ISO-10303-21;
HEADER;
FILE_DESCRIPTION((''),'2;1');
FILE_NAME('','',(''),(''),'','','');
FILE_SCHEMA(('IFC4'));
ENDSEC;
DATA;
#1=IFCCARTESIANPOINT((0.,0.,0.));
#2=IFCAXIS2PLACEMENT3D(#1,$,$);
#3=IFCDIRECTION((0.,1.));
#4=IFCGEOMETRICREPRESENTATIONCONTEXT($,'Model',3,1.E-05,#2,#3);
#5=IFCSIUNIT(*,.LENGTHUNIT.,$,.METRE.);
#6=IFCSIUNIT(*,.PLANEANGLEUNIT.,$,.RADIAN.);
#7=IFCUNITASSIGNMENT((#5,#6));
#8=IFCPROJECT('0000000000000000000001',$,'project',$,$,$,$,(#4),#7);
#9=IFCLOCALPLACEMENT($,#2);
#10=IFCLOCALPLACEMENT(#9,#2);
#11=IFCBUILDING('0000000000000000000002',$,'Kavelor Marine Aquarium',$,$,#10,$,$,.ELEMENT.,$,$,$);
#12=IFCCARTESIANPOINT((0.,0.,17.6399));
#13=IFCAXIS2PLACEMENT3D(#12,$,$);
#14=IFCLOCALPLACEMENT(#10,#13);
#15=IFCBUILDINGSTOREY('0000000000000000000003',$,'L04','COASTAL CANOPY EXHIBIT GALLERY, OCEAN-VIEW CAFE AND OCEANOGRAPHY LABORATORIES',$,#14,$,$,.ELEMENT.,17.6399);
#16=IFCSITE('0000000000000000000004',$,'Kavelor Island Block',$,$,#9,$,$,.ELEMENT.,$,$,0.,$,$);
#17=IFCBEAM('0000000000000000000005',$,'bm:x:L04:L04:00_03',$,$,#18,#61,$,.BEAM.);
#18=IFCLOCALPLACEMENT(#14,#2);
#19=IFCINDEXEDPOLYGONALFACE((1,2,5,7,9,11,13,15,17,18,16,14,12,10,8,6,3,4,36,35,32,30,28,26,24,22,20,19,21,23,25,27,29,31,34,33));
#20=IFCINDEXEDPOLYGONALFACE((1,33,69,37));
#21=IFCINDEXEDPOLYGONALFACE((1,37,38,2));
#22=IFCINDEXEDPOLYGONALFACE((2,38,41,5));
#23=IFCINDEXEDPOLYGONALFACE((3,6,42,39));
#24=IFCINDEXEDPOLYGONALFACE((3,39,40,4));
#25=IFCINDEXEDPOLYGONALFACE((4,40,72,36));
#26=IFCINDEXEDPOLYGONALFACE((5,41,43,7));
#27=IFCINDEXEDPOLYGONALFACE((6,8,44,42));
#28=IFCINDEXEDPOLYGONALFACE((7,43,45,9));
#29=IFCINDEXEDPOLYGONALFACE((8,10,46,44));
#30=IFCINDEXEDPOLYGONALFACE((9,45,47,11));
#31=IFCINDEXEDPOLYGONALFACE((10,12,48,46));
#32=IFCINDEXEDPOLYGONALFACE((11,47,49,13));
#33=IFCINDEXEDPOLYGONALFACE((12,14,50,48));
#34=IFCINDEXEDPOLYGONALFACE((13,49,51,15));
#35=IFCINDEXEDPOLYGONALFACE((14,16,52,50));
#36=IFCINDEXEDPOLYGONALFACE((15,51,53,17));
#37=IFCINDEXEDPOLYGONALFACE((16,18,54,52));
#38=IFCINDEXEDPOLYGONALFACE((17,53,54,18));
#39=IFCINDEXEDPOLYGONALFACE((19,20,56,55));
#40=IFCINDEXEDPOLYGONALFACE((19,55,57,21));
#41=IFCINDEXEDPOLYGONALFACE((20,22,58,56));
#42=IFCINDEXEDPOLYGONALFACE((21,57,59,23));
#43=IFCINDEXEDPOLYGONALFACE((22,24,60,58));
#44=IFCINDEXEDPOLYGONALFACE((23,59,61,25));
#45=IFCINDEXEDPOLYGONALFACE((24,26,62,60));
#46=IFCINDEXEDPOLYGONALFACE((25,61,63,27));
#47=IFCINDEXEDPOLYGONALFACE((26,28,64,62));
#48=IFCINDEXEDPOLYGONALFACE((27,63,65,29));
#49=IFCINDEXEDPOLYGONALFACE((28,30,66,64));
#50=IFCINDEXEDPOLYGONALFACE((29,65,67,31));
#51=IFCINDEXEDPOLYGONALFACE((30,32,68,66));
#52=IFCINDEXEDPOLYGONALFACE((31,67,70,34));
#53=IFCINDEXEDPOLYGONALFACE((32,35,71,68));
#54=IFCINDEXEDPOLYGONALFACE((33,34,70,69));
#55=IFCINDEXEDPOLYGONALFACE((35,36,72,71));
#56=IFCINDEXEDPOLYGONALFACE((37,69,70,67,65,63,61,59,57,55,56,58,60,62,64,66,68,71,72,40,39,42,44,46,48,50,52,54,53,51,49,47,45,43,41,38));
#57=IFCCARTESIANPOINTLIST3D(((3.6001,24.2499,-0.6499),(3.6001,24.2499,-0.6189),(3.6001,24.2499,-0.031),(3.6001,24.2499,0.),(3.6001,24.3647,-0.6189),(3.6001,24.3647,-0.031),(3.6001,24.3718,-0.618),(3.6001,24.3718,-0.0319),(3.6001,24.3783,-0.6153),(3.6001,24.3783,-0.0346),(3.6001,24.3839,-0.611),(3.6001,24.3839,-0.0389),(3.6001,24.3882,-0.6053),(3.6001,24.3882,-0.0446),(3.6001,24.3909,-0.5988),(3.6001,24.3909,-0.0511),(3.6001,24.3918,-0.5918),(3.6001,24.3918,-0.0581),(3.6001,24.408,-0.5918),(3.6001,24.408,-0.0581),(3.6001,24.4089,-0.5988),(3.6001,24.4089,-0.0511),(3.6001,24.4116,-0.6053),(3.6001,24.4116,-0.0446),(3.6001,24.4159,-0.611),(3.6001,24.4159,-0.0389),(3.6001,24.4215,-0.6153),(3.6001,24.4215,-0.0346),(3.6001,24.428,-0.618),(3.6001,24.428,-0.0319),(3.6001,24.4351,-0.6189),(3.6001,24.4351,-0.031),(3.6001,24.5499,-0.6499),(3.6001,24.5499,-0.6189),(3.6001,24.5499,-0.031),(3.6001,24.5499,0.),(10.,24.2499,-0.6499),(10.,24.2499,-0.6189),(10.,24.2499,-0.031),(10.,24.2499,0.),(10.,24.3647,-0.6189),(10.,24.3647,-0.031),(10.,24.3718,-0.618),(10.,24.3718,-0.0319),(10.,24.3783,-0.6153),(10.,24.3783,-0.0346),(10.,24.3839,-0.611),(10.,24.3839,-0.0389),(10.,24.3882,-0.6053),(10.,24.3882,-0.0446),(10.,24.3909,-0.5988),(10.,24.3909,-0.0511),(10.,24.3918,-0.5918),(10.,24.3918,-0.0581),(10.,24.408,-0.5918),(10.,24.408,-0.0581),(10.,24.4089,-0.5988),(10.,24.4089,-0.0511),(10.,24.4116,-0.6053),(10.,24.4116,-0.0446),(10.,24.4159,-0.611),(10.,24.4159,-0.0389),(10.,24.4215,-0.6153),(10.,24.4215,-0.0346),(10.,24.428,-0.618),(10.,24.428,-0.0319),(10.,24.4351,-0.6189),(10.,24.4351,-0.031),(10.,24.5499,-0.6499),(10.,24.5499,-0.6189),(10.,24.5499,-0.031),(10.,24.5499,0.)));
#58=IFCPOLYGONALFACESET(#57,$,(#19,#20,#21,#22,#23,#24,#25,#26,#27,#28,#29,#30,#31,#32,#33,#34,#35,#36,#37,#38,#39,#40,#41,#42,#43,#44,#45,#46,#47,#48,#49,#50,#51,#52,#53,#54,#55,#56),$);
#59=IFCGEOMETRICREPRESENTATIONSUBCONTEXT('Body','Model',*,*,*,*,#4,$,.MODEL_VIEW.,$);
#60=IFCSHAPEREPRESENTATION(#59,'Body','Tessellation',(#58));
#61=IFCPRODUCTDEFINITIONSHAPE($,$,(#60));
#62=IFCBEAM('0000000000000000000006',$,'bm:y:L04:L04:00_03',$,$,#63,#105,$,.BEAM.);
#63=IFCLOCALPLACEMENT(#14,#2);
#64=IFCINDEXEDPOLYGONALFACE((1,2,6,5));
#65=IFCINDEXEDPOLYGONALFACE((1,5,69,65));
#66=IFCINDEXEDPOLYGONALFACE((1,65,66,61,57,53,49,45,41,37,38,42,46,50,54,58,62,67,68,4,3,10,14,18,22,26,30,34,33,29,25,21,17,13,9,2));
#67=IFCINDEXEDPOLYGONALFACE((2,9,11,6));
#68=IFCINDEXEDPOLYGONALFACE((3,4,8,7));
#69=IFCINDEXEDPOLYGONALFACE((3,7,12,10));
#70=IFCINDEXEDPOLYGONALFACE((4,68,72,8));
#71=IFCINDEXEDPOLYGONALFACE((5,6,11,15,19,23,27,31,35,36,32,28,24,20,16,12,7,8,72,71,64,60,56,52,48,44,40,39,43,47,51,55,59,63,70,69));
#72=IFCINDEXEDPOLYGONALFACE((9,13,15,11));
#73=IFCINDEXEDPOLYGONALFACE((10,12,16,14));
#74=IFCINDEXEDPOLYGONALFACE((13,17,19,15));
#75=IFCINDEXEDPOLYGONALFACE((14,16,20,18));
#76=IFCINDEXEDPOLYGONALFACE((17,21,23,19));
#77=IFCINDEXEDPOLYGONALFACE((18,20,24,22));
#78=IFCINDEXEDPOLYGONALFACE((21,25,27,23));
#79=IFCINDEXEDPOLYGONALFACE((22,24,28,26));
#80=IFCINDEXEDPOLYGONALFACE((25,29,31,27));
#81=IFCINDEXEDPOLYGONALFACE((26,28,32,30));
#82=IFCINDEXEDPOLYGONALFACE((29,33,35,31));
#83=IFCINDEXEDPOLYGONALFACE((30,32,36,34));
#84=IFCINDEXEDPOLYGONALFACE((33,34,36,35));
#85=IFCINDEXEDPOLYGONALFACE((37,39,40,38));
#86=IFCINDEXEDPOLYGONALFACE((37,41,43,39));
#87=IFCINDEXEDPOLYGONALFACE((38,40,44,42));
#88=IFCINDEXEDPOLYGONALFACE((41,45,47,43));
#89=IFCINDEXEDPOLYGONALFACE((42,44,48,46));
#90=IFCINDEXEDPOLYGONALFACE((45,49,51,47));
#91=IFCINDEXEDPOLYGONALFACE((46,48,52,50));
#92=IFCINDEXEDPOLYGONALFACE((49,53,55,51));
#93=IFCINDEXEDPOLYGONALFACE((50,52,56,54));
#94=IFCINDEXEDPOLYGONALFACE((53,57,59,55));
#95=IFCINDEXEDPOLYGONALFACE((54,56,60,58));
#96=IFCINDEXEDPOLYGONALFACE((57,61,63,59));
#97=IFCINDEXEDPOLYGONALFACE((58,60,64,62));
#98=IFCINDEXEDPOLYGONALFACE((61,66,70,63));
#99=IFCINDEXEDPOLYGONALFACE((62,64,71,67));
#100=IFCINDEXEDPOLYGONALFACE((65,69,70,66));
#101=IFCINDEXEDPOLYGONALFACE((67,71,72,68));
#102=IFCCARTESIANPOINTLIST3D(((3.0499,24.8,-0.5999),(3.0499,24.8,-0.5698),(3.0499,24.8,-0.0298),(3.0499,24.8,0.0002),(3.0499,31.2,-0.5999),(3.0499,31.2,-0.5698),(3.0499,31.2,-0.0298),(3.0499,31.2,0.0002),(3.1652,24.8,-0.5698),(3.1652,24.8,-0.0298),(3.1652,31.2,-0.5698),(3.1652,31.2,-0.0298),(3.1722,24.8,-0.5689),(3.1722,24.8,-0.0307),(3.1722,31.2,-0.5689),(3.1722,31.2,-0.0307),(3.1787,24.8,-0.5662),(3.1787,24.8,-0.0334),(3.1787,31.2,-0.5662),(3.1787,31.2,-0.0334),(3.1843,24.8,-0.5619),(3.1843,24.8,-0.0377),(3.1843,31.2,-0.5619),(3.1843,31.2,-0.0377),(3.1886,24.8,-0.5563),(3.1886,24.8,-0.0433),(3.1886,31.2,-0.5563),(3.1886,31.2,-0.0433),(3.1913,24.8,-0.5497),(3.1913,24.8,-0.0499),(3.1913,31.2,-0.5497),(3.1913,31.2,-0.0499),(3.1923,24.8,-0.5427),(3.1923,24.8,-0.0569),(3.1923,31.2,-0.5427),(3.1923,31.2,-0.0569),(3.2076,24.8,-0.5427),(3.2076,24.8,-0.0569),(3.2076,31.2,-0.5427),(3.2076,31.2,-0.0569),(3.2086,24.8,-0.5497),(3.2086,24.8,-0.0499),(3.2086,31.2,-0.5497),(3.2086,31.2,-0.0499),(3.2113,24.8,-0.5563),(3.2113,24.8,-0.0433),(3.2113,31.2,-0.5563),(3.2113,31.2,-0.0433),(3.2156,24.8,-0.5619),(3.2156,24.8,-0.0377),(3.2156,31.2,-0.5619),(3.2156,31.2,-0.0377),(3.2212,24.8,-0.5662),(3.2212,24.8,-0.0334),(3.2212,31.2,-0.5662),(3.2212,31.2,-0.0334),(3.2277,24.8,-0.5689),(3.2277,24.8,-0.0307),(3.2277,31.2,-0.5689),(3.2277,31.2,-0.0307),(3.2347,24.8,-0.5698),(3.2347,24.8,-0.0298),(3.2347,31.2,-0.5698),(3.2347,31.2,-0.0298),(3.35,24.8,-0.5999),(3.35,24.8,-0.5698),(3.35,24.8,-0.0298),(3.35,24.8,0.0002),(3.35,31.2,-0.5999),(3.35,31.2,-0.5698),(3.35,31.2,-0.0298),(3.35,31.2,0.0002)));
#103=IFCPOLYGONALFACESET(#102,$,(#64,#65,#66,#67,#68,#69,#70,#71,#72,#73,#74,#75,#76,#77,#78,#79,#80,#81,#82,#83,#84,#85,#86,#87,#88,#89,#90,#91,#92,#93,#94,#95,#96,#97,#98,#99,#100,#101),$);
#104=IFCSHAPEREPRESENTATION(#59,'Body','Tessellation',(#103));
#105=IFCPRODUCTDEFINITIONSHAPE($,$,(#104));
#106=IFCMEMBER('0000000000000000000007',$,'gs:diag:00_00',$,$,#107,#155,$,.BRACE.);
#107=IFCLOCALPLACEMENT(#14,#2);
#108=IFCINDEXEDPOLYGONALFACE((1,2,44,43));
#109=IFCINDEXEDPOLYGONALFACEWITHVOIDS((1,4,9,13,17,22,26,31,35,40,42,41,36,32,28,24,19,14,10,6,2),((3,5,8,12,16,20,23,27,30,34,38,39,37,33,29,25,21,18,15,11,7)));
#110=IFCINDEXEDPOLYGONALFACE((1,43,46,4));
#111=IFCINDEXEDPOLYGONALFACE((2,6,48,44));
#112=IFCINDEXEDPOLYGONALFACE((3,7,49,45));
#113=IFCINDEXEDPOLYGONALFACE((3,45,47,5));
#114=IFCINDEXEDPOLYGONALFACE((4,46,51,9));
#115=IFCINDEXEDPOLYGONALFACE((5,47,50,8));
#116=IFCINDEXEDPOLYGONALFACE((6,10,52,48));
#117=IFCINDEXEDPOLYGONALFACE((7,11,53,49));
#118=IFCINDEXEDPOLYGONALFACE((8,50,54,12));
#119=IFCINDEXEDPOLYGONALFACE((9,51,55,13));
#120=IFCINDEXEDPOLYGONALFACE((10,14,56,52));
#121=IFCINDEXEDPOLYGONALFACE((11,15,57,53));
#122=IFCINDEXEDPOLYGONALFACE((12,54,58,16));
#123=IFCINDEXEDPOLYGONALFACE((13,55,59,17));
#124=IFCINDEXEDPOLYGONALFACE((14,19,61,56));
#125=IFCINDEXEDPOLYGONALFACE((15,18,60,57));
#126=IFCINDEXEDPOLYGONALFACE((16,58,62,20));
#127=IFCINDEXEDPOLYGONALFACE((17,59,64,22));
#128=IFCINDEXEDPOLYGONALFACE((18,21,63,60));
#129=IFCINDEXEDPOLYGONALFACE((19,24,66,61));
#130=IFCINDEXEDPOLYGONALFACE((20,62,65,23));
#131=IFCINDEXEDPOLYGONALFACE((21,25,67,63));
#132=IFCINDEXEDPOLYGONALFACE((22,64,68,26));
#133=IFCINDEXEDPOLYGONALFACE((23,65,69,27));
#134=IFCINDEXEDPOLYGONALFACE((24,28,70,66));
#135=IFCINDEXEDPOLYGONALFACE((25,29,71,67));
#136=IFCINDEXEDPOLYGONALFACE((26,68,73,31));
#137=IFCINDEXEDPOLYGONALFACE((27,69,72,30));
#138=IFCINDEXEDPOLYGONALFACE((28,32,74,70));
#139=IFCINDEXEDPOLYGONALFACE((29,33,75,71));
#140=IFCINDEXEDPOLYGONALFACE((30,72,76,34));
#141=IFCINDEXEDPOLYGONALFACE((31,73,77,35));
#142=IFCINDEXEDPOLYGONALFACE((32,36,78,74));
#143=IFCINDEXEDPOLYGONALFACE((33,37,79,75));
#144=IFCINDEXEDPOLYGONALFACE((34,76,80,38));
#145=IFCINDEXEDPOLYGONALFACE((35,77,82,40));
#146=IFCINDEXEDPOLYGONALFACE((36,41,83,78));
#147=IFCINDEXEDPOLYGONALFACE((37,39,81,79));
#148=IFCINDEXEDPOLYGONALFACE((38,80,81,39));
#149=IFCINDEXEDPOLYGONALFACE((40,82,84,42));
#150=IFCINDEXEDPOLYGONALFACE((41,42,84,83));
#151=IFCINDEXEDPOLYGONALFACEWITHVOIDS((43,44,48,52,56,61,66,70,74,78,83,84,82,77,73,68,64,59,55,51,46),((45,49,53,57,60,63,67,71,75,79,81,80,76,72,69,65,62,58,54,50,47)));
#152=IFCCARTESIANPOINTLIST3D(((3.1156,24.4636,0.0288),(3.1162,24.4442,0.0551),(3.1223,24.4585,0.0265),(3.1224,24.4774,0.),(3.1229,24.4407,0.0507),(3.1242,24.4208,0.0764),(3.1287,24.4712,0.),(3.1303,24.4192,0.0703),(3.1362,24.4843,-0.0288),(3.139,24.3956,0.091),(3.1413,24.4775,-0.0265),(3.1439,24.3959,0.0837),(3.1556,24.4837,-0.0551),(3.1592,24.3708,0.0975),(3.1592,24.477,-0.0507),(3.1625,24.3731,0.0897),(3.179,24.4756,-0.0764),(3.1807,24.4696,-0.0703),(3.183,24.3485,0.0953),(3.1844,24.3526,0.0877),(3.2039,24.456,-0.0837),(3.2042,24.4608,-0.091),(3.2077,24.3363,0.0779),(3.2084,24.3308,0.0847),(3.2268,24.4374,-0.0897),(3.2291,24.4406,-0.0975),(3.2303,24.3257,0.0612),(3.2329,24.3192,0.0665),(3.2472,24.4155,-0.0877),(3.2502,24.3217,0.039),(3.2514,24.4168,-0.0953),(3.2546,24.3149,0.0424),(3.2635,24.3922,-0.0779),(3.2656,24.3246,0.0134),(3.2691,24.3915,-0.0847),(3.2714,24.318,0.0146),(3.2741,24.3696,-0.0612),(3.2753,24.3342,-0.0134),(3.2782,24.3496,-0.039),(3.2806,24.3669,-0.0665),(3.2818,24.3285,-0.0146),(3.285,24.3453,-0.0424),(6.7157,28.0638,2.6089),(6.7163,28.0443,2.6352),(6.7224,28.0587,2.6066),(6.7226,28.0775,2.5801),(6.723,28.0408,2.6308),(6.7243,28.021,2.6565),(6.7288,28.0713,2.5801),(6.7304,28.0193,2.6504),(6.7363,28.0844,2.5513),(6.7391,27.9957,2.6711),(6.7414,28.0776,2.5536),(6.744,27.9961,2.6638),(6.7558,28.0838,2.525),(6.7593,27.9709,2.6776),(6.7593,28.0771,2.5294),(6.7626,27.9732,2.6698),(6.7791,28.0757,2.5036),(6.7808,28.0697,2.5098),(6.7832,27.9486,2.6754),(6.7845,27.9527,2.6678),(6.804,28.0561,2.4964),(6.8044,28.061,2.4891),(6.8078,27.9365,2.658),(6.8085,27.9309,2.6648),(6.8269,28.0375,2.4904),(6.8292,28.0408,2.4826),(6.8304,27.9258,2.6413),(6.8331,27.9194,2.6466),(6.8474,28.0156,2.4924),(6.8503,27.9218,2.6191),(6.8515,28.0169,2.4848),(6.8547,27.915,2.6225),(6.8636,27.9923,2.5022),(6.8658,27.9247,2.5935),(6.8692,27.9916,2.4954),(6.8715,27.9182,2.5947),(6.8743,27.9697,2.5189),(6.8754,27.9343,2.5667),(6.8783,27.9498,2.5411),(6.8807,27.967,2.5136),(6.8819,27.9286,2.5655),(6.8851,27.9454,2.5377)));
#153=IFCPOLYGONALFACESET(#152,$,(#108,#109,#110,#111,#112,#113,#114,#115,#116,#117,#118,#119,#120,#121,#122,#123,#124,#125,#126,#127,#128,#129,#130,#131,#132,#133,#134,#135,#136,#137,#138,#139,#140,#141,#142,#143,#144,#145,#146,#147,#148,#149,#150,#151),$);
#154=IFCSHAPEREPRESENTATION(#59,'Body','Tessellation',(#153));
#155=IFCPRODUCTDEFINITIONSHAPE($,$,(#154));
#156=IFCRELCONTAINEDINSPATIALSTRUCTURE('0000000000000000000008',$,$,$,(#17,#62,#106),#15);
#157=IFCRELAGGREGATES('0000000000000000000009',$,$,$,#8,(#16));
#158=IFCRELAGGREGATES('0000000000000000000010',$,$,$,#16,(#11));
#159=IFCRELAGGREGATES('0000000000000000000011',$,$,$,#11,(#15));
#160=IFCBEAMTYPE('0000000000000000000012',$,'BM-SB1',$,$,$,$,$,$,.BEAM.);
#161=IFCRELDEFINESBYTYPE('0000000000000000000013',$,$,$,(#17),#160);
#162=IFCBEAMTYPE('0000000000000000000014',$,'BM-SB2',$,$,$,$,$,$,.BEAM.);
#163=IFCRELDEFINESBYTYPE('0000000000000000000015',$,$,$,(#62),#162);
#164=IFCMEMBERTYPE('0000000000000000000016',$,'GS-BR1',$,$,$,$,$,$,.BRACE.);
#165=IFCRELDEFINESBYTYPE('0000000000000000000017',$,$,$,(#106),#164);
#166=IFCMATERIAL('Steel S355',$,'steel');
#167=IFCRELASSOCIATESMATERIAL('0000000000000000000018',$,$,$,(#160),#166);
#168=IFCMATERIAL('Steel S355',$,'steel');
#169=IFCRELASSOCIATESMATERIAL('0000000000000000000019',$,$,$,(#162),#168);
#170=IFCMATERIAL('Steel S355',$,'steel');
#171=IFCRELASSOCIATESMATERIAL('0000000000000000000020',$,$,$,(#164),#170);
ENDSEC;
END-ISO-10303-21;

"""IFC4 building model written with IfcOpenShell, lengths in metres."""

from ifc_helpers import new_model, si_unit, direction, frame, origin, origin_2d, place, context, subcontext, project, spatial, hollow_circle, i_section, extrude, material, material_profile, profile_set, type_object, element, save


model = new_model("IFC4")

# Units and contexts
model_context = context("Model", 3, precision=1e-05, world=origin(), true_north=direction((0.0, 1.0)))
body_context = subcontext(model_context, "Body", "Model", "MODEL_VIEW")
ifc_project = project(units=[si_unit("LENGTHUNIT", "METRE"), si_unit("PLANEANGLEUNIT", "RADIAN")], contexts=[model_context])

# Site, building, storey
site_placement = place(None, origin())
site = spatial("IfcSite", under=ifc_project, at=site_placement, Name="Kavelor Island Block", CompositionType="ELEMENT", RefElevation=0.0)
building_placement = place(site_placement, origin())
building = spatial("IfcBuilding", under=site, at=building_placement, Name="Kavelor Marine Aquarium", CompositionType="ELEMENT")
storey_placement = place(building_placement, frame((0.0, 0.0, 17.6399)))
storey = spatial("IfcBuildingStorey", under=building, at=storey_placement, Name="L04", Description="COASTAL CANOPY EXHIBIT GALLERY, OCEAN-VIEW CAFE AND OCEANOGRAPHY LABORATORIES", CompositionType="ELEMENT", Elevation=17.6399)

# Beams
ifc_material_1 = material(Name="Steel S355", Category="steel")
ifc_material_profile_1 = material_profile(ifc_material_1, i_section(OverallWidth=0.3, OverallDepth=0.6499, WebThickness=0.0161, FlangeThickness=0.031, FilletRadius=0.0271, at=origin_2d()), Name="HEB 650")
ifc_profile_set_1 = profile_set([ifc_material_profile_1], Name="Steel S355")
beam_type_1 = type_object("IfcBeamType", Name="BM-SB1", PredefinedType="BEAM", material=ifc_profile_set_1)
beam_1_placement = place(storey_placement, frame((3.6001, 24.3999, -0.325), z_axis=(1.0, 0.0, 0.0), x_axis=(0.0, 1.0, 0.0)))
element("IfcBeam", 1, at=beam_1_placement, inside=storey, type_object=beam_type_1, Name="bm:x:L04:L04:00_03", PredefinedType="BEAM", context=body_context, shape_type="SweptSolid", body=[
    extrude(i_section(OverallWidth=0.3, OverallDepth=0.6499, WebThickness=0.0161, FlangeThickness=0.031, FilletRadius=0.0271, at=origin_2d()), origin(), (0.0, 0.0, 1.0), 6.3999),
])
ifc_material_2 = material(Name="Steel S355", Category="steel")
ifc_material_profile_2 = material_profile(ifc_material_2, i_section(OverallWidth=0.3, OverallDepth=0.6001, WebThickness=0.0154, FlangeThickness=0.03, FilletRadius=0.0271, at=origin_2d()), Name="HEB 600")
ifc_profile_set_2 = profile_set([ifc_material_profile_2], Name="Steel S355")
beam_type_2 = type_object("IfcBeamType", Name="BM-SB2", PredefinedType="BEAM", material=ifc_profile_set_2)
beam_2_placement = place(storey_placement, frame((3.2, 24.8, -0.2998), z_axis=(0.0, 1.0, 0.0), x_axis=(-1.0, 0.0, 0.0)))
element("IfcBeam", 2, at=beam_2_placement, inside=storey, type_object=beam_type_2, Name="bm:y:L04:L04:00_03", PredefinedType="BEAM", context=body_context, shape_type="SweptSolid", body=[
    extrude(i_section(OverallWidth=0.3, OverallDepth=0.6001, WebThickness=0.0154, FlangeThickness=0.03, FilletRadius=0.0271, at=origin_2d()), origin(), (0.0, 0.0, 1.0), 6.3999),
])

# Member
ifc_material_3 = material(Name="Steel S355", Category="steel")
ifc_material_profile_3 = material_profile(ifc_material_3, hollow_circle(Radius=0.1096, WallThickness=0.0088, at=origin_2d()), Name="CHS 219.1x8.8")
ifc_profile_set_3 = profile_set([ifc_material_profile_3], Name="Steel S355")
member_type_1 = type_object("IfcMemberType", Name="GS-BR1", PredefinedType="BRACE", material=ifc_profile_set_3)
member_1_placement = place(storey_placement, frame((3.2, 24.3999, 0.0), z_axis=(0.63074, 0.63074, 0.452032), x_axis=(-0.707107, 0.707107, 0.0)))
element("IfcMember", 3, at=member_1_placement, inside=storey, type_object=member_type_1, Name="gs:diag:00_00", PredefinedType="BRACE", context=body_context, shape_type="SweptSolid", body=[
    extrude(hollow_circle(Radius=0.1096, WallThickness=0.0088, at=origin_2d()), origin(), (0.0, 0.0, 1.0), 5.7078),
])

save(model, "model.ifc")
